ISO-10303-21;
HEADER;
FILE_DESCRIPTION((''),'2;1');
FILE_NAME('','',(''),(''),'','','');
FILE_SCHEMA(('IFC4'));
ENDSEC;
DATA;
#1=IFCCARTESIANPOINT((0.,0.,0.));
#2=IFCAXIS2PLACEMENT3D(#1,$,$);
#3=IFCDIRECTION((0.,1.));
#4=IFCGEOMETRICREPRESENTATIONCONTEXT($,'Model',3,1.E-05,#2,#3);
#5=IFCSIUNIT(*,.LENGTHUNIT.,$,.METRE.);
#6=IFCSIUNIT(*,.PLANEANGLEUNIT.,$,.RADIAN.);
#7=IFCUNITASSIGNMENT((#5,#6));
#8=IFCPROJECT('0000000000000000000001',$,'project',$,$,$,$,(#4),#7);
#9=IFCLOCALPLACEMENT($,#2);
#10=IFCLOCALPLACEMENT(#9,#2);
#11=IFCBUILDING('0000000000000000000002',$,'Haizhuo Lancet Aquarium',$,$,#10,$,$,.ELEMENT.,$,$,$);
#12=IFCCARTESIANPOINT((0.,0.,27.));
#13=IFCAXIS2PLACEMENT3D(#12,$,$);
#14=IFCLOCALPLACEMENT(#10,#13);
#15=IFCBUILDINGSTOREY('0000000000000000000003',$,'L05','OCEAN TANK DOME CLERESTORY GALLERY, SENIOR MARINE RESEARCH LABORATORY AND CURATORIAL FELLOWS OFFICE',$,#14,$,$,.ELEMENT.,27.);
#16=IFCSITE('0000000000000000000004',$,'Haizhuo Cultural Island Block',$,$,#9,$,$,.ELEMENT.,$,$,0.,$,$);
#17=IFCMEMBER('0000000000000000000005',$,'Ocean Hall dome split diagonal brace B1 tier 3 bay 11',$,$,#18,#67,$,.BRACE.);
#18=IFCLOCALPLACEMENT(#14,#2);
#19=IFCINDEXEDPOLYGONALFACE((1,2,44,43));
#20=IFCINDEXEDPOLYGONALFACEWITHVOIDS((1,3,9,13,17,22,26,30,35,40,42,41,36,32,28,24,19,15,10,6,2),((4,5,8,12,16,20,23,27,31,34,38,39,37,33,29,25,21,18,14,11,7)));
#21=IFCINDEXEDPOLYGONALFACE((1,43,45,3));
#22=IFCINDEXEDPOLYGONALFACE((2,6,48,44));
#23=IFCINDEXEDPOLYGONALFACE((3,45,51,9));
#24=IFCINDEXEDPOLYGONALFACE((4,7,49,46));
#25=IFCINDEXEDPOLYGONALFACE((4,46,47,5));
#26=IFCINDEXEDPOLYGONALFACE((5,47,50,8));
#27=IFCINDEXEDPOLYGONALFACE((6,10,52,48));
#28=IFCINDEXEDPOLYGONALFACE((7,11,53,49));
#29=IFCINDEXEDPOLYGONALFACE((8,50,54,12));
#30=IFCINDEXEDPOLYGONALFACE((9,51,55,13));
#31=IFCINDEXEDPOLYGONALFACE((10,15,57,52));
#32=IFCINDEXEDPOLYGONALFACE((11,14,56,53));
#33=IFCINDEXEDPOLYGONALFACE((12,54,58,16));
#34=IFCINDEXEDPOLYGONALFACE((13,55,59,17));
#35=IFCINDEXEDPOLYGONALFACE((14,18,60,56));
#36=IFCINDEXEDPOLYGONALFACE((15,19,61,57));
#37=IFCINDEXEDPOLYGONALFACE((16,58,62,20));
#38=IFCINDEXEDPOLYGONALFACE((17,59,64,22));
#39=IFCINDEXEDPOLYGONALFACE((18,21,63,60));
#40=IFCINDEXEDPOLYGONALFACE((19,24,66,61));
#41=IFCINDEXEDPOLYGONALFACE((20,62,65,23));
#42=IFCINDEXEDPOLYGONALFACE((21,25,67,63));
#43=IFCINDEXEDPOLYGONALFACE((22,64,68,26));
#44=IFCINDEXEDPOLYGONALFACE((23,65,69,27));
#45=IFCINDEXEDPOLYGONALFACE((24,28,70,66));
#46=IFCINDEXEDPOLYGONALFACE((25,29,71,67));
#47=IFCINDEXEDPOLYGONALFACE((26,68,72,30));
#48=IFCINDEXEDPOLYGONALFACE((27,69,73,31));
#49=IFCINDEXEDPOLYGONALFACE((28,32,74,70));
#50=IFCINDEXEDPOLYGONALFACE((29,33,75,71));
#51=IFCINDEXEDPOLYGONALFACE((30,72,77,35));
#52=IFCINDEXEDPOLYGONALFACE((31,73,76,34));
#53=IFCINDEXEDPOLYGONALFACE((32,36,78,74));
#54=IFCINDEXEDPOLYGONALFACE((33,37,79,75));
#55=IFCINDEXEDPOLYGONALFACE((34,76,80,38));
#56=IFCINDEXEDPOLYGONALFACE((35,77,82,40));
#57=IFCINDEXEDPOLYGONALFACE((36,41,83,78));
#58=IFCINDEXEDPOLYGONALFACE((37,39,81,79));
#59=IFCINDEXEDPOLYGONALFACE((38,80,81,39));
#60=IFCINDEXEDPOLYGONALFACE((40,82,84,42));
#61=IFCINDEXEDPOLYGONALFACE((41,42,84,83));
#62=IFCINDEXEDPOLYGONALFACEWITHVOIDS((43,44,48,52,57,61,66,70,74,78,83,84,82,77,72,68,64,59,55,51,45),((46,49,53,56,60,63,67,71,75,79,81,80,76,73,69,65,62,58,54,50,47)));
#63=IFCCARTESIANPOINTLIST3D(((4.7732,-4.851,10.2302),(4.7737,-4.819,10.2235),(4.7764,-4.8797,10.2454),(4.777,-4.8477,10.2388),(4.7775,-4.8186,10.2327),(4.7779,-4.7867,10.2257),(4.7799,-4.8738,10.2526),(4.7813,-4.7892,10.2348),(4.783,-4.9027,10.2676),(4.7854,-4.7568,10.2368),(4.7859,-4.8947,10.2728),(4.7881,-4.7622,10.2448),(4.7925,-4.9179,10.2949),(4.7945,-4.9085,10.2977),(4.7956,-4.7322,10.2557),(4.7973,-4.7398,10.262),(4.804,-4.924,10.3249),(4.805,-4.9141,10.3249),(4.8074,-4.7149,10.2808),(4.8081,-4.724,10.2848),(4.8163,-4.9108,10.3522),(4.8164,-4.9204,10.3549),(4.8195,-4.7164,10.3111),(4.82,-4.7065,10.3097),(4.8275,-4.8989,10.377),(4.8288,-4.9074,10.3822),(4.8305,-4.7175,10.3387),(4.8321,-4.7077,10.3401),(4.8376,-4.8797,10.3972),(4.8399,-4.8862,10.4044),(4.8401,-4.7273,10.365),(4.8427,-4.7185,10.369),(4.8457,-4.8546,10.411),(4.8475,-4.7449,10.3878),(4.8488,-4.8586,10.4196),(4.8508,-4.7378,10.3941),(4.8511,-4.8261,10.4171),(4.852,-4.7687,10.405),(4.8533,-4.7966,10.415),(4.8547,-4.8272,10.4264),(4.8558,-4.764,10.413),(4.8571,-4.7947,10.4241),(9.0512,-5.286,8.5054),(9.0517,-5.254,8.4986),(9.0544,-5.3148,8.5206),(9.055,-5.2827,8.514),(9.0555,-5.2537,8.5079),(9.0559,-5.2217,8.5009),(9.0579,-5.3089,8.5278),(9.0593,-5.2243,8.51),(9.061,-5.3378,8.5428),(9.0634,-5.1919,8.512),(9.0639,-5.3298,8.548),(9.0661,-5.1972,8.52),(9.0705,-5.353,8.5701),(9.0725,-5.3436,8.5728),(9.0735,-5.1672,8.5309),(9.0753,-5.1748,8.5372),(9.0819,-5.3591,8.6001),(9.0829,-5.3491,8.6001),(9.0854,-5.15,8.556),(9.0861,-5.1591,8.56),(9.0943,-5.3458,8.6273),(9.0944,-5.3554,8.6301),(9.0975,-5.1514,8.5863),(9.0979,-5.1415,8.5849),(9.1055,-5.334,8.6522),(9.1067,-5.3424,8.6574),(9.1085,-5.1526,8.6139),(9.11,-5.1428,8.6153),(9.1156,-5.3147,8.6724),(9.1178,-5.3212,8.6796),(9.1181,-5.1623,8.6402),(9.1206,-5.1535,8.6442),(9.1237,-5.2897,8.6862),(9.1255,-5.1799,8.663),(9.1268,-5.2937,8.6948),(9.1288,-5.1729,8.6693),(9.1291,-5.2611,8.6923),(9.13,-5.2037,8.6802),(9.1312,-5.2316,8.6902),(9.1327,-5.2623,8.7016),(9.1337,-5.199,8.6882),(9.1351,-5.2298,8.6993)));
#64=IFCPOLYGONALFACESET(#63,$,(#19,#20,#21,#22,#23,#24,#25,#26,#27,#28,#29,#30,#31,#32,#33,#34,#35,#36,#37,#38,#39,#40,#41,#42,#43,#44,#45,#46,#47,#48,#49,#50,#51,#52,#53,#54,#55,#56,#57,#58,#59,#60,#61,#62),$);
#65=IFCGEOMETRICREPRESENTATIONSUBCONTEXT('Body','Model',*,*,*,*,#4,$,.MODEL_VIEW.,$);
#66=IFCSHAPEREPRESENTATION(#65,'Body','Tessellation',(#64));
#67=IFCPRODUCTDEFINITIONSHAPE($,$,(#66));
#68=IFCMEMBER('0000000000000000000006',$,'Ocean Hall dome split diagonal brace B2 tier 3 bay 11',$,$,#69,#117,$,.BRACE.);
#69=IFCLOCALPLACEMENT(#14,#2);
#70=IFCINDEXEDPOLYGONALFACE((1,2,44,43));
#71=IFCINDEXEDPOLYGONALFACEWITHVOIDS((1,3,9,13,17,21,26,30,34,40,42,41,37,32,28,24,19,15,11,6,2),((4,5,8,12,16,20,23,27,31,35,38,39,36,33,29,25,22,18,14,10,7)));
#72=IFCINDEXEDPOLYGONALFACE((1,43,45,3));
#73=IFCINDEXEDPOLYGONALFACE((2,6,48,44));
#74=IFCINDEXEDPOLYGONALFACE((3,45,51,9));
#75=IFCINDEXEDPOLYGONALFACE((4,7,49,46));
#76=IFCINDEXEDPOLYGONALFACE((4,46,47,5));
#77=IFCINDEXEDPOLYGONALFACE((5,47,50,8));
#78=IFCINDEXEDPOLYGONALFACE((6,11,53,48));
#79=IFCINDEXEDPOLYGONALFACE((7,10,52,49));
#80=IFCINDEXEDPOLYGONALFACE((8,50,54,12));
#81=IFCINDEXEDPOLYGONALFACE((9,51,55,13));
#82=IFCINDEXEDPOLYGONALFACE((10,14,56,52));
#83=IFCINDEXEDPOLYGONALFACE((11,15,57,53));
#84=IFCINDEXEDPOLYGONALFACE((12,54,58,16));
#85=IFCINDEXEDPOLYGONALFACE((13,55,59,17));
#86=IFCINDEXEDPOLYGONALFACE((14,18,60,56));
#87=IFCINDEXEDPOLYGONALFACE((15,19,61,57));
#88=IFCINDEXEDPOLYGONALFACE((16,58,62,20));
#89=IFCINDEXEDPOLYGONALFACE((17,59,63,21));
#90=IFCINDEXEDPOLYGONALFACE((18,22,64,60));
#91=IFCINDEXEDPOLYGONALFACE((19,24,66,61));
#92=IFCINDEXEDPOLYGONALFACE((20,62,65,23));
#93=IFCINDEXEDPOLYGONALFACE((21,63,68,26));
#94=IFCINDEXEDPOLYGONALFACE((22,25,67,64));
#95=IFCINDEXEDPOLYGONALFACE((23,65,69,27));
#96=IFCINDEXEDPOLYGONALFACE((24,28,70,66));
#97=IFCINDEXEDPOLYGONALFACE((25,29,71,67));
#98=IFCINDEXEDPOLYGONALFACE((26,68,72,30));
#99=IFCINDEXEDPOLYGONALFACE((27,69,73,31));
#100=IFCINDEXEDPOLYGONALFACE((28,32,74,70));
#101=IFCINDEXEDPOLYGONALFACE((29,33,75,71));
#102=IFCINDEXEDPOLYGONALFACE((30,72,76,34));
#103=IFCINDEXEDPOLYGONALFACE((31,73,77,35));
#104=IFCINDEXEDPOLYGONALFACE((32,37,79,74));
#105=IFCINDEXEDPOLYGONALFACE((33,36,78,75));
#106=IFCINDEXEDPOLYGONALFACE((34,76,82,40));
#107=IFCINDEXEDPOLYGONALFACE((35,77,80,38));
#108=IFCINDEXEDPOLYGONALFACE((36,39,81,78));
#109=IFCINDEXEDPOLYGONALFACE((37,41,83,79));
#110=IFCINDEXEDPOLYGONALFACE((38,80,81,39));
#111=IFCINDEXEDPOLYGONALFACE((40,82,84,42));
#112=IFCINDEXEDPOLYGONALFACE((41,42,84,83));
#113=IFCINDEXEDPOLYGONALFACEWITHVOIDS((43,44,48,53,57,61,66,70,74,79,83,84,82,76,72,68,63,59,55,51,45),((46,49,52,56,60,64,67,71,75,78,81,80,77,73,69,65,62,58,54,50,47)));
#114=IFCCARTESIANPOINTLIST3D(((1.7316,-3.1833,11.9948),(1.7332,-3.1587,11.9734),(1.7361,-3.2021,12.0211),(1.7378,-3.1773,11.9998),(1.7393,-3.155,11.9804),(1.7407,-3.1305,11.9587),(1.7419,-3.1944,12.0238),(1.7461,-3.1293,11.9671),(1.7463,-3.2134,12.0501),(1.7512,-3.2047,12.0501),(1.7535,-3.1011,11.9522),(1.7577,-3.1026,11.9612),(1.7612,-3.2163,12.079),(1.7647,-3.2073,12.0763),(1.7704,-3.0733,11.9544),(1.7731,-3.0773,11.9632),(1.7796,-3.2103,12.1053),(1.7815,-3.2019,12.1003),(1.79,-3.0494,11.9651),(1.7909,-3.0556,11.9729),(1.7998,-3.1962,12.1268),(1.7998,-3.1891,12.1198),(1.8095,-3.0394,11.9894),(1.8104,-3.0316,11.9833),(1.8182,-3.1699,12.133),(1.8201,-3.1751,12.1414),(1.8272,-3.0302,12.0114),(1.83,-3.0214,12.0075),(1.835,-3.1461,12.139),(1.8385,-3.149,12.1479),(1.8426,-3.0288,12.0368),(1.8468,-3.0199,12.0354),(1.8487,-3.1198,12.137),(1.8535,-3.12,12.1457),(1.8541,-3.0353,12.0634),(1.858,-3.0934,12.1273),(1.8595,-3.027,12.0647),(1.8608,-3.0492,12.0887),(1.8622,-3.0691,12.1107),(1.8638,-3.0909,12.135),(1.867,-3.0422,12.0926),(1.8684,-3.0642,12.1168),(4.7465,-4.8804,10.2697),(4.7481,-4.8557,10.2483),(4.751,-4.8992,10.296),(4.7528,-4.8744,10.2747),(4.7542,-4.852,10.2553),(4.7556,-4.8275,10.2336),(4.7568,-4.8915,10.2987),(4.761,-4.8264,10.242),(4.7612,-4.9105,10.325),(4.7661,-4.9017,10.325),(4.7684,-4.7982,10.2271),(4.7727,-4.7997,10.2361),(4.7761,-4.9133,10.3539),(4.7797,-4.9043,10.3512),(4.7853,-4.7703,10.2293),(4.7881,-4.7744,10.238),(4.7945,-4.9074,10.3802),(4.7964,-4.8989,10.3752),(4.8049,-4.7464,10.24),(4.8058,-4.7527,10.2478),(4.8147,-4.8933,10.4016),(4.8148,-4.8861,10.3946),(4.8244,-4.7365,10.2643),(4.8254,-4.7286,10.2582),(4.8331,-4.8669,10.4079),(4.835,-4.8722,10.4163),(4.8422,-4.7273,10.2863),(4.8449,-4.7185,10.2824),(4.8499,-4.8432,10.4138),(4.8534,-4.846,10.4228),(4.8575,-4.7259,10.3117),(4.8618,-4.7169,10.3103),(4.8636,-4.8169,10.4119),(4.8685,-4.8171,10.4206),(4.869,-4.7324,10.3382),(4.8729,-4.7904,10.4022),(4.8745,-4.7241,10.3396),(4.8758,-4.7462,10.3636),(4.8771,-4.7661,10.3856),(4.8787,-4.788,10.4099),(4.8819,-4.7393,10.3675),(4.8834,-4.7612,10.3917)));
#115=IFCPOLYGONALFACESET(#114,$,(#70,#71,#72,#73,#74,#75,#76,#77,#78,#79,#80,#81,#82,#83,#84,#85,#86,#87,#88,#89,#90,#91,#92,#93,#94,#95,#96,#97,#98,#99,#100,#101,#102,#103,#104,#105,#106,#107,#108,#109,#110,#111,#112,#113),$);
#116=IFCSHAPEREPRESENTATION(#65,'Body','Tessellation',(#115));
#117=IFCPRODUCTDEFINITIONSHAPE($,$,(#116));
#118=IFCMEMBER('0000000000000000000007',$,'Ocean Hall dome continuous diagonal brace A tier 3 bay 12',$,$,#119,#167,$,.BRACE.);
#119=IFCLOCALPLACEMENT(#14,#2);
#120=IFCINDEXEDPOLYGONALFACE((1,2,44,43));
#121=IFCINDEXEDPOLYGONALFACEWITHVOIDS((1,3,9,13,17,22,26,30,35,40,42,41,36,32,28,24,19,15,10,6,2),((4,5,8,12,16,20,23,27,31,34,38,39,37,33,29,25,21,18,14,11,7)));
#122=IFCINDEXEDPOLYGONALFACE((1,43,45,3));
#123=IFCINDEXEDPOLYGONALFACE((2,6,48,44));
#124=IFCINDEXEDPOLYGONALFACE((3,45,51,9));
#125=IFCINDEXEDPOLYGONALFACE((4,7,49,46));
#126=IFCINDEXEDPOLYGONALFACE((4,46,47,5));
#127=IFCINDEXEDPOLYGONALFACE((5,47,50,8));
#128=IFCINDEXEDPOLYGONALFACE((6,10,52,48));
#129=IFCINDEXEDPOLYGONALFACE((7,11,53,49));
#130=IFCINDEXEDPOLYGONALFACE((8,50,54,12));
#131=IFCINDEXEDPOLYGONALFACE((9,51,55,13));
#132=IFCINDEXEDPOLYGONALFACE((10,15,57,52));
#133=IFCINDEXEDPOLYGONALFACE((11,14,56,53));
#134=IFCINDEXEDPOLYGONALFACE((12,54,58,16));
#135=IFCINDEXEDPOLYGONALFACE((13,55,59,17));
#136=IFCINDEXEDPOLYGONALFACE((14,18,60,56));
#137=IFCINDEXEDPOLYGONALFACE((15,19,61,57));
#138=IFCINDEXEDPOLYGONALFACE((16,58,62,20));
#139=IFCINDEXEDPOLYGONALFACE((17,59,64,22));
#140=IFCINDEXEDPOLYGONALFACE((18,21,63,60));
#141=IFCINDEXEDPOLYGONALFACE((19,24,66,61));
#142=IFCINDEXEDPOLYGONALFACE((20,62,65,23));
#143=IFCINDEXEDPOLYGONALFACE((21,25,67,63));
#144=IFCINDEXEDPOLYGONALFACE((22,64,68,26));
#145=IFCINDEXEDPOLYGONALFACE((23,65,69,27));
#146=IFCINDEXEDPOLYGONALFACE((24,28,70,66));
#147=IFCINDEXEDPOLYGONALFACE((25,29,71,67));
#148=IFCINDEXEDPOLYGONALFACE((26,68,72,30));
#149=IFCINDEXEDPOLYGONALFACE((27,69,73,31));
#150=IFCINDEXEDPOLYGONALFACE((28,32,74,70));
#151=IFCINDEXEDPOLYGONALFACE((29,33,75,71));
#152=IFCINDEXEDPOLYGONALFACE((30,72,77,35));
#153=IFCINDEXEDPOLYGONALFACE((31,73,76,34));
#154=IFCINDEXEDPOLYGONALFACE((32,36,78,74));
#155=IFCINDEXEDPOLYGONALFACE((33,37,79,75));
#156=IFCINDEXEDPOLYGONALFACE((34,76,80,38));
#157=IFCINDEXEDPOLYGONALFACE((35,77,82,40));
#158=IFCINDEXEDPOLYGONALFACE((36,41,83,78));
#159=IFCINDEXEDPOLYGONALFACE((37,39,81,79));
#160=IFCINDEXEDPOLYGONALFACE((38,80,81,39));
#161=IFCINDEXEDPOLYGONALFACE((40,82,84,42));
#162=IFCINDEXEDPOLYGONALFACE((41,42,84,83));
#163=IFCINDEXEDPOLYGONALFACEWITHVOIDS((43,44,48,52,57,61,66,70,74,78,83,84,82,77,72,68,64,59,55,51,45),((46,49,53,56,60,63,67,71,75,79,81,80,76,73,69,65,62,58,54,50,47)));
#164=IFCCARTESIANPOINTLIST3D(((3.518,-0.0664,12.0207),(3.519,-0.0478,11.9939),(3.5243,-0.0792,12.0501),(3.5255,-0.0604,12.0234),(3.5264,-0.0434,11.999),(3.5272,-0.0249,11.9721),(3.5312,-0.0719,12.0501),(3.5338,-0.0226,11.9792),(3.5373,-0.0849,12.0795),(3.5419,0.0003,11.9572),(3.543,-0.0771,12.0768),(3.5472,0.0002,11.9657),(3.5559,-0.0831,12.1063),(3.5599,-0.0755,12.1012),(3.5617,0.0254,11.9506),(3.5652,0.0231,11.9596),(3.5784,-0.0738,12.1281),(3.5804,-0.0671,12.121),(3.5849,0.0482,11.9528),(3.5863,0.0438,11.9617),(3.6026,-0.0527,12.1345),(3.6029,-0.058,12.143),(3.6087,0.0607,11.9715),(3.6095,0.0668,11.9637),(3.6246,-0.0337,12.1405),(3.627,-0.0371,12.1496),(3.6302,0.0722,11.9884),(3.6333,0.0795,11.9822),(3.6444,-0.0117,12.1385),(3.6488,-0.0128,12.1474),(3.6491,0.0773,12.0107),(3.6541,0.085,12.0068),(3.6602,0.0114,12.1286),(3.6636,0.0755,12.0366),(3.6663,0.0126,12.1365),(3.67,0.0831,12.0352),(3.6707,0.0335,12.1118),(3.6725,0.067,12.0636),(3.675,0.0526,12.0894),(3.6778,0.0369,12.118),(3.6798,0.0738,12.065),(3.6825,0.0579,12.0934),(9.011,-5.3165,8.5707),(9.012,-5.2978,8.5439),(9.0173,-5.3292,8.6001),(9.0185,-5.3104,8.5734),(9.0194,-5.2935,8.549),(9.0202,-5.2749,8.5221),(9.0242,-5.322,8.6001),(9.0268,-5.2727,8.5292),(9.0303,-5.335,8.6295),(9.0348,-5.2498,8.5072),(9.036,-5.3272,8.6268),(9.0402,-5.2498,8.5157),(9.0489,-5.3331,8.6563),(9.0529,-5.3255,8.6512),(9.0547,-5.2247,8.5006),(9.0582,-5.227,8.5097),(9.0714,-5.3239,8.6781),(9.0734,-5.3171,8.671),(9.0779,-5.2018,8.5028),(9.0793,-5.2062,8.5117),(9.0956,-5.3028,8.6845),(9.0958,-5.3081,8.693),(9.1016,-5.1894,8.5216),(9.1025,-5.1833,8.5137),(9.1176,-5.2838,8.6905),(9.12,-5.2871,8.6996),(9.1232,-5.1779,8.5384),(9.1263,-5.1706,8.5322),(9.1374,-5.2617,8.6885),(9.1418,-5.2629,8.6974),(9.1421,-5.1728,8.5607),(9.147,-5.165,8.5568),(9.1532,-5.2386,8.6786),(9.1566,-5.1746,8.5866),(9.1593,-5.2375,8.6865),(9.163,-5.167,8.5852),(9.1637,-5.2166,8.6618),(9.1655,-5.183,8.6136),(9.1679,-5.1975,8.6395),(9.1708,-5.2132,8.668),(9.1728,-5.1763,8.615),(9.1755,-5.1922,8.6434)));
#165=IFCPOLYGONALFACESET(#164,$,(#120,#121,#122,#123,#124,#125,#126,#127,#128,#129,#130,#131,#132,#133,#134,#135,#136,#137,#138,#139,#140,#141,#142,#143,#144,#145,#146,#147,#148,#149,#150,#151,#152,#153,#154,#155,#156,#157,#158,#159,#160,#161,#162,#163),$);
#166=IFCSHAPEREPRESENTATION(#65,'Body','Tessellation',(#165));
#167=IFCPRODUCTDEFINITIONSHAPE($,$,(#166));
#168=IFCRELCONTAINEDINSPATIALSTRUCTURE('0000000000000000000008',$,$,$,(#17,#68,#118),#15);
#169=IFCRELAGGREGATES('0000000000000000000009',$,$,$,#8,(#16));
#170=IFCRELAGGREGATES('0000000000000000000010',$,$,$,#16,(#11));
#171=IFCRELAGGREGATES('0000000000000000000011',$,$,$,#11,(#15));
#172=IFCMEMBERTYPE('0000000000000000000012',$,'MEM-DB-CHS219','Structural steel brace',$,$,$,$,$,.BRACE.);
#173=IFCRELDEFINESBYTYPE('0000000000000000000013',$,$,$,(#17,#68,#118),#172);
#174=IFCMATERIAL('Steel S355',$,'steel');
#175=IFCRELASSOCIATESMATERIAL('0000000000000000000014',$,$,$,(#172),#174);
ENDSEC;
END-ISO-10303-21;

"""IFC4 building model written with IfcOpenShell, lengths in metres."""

from ifc_helpers import new_model, si_unit, direction, frame, origin, origin_2d, place, context, subcontext, project, spatial, hollow_circle, extrude, material, material_profile, profile_set, type_object, element, save


model = new_model("IFC4")

# Units and contexts
model_context = context("Model", 3, precision=1e-05, world=origin(), true_north=direction((0.0, 1.0)))
body_context = subcontext(model_context, "Body", "Model", "MODEL_VIEW")
ifc_project = project(units=[si_unit("LENGTHUNIT", "METRE"), si_unit("PLANEANGLEUNIT", "RADIAN")], contexts=[model_context])

# Site, building, storey
site_placement = place(None, origin())
site = spatial("IfcSite", under=ifc_project, at=site_placement, Name="Haizhuo Cultural Island Block", CompositionType="ELEMENT", RefElevation=0.0)
building_placement = place(site_placement, origin())
building = spatial("IfcBuilding", under=site, at=building_placement, Name="Haizhuo Lancet Aquarium", CompositionType="ELEMENT")
storey_placement = place(building_placement, frame((0.0, 0.0, 27.0)))
storey = spatial("IfcBuildingStorey", under=building, at=storey_placement, Name="L05", Description="OCEAN TANK DOME CLERESTORY GALLERY, SENIOR MARINE RESEARCH LABORATORY AND CURATORIAL FELLOWS OFFICE", CompositionType="ELEMENT", Elevation=27.0)

# Shared definitions
ifc_material_1 = material(Name="Steel S355", Category="steel")

# Members
ifc_material_profile_1 = material_profile(ifc_material_1, hollow_circle(Radius=0.1096, WallThickness=0.01, at=origin_2d()), Name="CHS 219x10")
ifc_profile_set_1 = profile_set([ifc_material_profile_1], Name="Steel S355")
member_type_1 = type_object("IfcMemberType", Name="MEM-DB-CHS219", Description="Structural steel brace", PredefinedType="BRACE", material=ifc_profile_set_1)
member_1_placement = place(storey_placement, frame((9.093, -5.25, 8.6001), z_axis=(-0.923357, 0.093901, 0.372283), x_axis=(-0.101173, -0.994869, 0.0)))
element("IfcMember", 1, at=member_1_placement, inside=storey, type_object=member_type_1, Name="Ocean Hall dome split diagonal brace B1 tier 3 bay 11", PredefinedType="BRACE", context=body_context, shape_type="SweptSolid", body=[
    extrude(hollow_circle(Radius=0.1096, WallThickness=0.01, at=origin_2d()), origin(), (0.0, 0.0, 1.0), 4.6331),
])
member_2_placement = place(storey_placement, frame((4.8149, -4.8149, 10.325), z_axis=(-0.779862, 0.438968, 0.446231), x_axis=(-0.490512, -0.871434, 0.0)))
element("IfcMember", 2, at=member_2_placement, inside=storey, type_object=member_type_1, Name="Ocean Hall dome split diagonal brace B2 tier 3 bay 11", PredefinedType="BRACE", context=body_context, shape_type="SweptSolid", body=[
    extrude(hollow_circle(Radius=0.1096, WallThickness=0.01, at=origin_2d()), origin(), (0.0, 0.0, 1.0), 3.866),
])
member_3_placement = place(storey_placement, frame((9.093, -5.25, 8.6001), z_axis=(-0.658239, 0.629129, 0.413422), x_axis=(-0.690941, -0.722911, 0.0)))
element("IfcMember", 3, at=member_3_placement, inside=storey, type_object=member_type_1, Name="Ocean Hall dome continuous diagonal brace A tier 3 bay 12", PredefinedType="BRACE", context=body_context, shape_type="SweptSolid", body=[
    extrude(hollow_circle(Radius=0.1096, WallThickness=0.01, at=origin_2d()), origin(), (0.0, 0.0, 1.0), 8.345),
])

save(model, "model.ifc")
